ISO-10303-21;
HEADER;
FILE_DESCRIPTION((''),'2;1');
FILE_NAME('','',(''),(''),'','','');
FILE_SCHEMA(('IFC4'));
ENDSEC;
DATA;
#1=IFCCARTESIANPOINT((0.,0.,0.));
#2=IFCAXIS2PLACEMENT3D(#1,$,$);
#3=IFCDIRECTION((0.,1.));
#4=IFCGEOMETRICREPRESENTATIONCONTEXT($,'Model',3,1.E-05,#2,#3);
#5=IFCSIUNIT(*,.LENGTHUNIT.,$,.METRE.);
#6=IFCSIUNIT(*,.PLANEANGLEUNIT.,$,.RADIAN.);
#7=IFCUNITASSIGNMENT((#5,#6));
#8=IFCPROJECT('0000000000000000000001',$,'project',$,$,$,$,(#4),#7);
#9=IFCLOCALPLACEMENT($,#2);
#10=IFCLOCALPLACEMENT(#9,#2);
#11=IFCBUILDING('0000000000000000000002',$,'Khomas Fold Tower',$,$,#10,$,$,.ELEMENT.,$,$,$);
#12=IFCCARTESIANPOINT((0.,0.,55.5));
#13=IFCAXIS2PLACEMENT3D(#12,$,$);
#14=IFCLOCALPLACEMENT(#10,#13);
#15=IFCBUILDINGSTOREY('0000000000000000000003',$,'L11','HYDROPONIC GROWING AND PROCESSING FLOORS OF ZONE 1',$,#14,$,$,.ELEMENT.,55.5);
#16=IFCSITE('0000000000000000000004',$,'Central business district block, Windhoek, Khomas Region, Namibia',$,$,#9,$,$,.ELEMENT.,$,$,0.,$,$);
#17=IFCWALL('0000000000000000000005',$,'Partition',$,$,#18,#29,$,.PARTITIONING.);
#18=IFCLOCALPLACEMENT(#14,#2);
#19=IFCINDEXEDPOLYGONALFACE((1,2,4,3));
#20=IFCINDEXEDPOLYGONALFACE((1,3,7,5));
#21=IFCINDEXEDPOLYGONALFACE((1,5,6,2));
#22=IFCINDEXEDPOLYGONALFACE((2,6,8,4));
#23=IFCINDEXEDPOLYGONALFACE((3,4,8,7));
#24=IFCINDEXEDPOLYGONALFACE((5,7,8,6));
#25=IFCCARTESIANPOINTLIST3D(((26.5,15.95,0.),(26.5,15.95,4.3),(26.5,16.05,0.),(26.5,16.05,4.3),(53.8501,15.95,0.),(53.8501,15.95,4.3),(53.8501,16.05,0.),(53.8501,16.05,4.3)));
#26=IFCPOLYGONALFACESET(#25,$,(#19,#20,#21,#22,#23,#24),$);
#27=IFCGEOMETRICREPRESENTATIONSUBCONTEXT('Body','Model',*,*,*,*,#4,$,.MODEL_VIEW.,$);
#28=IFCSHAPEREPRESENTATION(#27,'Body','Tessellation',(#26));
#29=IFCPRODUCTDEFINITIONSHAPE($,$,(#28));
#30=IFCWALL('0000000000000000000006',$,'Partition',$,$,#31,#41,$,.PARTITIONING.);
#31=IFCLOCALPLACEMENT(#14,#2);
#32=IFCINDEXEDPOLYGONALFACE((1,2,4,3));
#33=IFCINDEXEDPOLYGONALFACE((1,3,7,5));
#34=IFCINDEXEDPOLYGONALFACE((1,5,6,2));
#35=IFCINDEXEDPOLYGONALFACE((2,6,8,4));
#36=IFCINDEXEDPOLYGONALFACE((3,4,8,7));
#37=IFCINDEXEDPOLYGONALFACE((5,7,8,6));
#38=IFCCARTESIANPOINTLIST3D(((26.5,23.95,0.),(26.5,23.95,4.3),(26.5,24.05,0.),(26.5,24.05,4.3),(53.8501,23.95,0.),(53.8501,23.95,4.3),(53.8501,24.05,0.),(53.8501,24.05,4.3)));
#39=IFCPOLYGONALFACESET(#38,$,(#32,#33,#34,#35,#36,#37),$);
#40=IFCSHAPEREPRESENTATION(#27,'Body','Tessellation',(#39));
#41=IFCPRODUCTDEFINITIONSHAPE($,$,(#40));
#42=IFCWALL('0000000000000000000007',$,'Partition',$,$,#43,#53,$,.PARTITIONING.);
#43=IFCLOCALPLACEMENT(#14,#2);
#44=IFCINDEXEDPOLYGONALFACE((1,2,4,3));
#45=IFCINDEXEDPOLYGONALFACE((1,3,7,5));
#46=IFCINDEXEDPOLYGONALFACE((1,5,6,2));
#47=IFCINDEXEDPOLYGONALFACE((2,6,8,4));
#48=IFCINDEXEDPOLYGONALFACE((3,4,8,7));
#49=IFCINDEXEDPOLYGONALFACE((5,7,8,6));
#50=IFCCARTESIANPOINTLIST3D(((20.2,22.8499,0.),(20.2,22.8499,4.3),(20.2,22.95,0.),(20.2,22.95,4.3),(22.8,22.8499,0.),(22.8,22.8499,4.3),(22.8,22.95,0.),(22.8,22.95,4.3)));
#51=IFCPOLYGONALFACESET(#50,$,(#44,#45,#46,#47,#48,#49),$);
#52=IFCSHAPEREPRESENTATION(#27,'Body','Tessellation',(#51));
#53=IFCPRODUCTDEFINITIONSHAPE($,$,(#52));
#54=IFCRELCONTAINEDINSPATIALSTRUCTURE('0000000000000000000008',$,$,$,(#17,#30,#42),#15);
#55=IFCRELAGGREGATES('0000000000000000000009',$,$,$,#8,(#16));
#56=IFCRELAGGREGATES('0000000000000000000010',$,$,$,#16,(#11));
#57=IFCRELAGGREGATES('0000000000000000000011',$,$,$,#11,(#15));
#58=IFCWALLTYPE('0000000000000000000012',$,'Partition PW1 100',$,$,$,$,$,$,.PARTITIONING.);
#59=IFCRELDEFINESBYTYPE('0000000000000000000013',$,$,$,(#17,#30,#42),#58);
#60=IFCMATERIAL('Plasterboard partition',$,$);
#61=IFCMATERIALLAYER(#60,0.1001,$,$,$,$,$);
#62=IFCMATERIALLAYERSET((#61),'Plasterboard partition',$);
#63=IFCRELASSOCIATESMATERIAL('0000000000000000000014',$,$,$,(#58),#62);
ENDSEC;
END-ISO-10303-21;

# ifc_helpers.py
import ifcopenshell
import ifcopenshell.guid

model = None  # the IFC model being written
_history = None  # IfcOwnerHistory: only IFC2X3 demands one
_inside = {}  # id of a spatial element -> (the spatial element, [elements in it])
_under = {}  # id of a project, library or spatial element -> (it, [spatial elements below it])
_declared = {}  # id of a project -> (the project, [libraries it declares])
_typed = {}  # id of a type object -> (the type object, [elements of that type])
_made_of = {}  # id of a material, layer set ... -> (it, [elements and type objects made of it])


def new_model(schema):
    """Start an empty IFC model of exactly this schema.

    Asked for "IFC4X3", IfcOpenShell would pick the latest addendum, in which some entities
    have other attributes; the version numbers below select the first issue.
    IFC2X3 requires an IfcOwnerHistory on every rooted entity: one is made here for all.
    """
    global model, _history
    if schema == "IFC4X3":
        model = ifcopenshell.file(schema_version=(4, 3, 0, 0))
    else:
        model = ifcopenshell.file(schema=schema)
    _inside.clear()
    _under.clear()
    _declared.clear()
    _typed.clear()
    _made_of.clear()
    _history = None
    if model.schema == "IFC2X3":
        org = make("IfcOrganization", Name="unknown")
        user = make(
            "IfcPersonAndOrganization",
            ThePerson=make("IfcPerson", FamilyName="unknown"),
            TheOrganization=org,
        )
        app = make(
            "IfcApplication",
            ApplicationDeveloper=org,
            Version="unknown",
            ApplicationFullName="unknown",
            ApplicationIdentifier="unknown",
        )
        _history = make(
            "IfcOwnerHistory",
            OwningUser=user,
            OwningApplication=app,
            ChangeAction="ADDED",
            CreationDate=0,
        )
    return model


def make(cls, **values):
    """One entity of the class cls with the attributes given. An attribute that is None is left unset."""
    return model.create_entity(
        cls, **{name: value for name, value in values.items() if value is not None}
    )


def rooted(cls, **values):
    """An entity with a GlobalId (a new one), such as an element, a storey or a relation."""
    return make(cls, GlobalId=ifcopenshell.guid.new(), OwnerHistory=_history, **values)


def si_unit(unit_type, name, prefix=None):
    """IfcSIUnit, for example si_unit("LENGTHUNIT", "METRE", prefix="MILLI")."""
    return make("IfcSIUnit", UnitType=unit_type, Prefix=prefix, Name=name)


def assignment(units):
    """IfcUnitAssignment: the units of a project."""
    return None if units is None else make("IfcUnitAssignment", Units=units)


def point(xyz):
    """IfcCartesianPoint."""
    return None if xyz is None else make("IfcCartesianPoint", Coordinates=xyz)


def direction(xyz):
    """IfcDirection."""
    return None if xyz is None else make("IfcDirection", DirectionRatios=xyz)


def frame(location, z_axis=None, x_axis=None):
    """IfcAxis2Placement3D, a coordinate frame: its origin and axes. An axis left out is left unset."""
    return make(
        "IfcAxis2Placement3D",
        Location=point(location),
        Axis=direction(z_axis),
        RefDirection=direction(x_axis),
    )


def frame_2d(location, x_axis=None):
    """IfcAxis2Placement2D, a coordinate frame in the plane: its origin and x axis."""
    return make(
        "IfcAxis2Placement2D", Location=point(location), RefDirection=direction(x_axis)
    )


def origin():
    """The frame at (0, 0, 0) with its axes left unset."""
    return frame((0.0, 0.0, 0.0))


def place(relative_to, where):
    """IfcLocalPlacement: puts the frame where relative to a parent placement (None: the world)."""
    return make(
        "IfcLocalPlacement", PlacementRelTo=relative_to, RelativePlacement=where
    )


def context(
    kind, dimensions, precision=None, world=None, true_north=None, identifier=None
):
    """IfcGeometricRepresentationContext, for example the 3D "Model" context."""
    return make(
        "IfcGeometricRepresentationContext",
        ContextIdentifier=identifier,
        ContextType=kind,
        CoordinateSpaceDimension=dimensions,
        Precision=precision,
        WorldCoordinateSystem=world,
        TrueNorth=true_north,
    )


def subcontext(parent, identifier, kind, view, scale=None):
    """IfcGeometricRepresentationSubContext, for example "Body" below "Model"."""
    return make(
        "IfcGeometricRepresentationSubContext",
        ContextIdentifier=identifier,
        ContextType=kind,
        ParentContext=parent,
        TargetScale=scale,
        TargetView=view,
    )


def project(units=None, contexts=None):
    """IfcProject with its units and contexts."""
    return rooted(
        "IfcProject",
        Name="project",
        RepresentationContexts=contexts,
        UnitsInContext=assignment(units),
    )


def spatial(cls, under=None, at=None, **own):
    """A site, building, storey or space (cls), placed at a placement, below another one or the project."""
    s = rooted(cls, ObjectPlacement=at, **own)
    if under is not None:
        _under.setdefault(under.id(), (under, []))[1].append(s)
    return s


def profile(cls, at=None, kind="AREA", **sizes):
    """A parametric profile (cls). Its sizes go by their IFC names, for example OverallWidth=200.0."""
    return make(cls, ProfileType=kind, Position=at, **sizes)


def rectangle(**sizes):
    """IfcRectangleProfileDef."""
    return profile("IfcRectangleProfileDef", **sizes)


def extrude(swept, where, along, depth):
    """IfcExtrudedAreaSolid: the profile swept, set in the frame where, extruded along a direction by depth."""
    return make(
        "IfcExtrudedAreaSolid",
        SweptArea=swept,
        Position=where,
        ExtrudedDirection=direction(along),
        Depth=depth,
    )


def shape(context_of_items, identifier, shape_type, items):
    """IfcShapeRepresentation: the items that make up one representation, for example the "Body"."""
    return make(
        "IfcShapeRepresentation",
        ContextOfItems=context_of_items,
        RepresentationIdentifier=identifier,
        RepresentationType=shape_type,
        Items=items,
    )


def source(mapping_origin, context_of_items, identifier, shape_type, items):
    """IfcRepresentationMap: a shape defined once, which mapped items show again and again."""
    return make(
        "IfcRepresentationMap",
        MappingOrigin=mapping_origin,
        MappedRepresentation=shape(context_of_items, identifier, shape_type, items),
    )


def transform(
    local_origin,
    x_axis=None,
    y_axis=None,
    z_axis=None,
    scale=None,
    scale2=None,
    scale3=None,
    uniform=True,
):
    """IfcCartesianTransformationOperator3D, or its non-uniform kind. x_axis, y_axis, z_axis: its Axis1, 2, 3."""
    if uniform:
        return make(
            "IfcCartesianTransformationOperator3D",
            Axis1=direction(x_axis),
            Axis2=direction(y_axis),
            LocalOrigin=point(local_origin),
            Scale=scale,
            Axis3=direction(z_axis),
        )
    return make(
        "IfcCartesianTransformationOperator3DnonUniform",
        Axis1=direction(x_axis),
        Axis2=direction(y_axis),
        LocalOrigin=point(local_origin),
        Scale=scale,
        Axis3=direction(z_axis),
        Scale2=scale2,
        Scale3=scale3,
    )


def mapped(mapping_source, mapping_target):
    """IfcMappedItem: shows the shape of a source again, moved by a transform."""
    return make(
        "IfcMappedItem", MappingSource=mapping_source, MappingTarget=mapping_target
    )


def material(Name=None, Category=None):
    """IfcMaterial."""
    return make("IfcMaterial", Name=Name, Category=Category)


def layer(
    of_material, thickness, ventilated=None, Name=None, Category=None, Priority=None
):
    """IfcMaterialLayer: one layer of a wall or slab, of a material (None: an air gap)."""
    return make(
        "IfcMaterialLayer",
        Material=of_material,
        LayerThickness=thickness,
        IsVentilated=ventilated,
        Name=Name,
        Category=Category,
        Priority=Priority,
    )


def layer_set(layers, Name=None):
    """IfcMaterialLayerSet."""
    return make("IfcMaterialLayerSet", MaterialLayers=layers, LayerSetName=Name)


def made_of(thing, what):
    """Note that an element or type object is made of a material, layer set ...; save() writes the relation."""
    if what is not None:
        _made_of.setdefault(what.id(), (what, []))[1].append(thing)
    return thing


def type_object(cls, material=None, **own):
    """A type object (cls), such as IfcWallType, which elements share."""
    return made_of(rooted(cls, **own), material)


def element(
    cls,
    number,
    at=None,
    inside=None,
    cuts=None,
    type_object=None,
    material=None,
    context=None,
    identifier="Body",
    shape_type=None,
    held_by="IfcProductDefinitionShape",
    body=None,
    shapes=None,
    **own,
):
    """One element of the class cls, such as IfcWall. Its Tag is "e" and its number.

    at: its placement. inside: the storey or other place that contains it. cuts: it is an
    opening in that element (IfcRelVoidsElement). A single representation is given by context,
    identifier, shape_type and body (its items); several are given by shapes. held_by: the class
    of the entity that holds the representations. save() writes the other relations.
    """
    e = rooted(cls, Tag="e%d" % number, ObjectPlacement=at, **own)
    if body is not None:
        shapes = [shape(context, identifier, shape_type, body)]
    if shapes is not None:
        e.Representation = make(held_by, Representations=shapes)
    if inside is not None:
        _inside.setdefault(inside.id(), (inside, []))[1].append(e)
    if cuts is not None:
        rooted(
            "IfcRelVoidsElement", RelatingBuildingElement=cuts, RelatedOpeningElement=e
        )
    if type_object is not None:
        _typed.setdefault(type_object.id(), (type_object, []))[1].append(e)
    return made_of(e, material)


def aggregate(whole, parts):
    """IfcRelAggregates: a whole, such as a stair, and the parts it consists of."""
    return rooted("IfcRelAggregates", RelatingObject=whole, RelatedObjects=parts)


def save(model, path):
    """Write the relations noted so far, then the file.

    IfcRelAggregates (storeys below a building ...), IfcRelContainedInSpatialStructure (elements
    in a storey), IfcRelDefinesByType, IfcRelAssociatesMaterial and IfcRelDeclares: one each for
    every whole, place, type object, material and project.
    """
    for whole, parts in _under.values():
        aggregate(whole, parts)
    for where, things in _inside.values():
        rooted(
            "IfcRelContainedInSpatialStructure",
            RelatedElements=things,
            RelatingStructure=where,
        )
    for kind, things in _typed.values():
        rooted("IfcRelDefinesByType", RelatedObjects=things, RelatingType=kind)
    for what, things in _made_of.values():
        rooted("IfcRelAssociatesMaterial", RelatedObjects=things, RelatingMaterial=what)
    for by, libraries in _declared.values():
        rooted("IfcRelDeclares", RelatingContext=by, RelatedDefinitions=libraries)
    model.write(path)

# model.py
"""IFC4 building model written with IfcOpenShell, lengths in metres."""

from ifc_helpers import new_model, si_unit, direction, frame, frame_2d, origin, place, context, subcontext, project, spatial, rectangle, extrude, source, transform, mapped, material, layer, layer_set, type_object, element, save


model = new_model("IFC4")

# Units and contexts
model_context = context("Model", 3, precision=1e-05, world=origin(), true_north=direction((0.0, 1.0)))
body_context = subcontext(model_context, "Body", "Model", "MODEL_VIEW")
ifc_project = project(units=[si_unit("LENGTHUNIT", "METRE"), si_unit("PLANEANGLEUNIT", "RADIAN")], contexts=[model_context])

# Site, building, storey
site_placement = place(None, origin())
site = spatial("IfcSite", under=ifc_project, at=site_placement, Name="Central business district block, Windhoek, Khomas Region, Namibia", CompositionType="ELEMENT", RefElevation=0.0)
building_placement = place(site_placement, origin())
building = spatial("IfcBuilding", under=site, at=building_placement, Name="Khomas Fold Tower", CompositionType="ELEMENT")
storey_placement = place(building_placement, frame((0.0, 0.0, 55.5)))
storey = spatial("IfcBuildingStorey", under=building, at=storey_placement, Name="L11", Description="HYDROPONIC GROWING AND PROCESSING FLOORS OF ZONE 1", CompositionType="ELEMENT", Elevation=55.5)

# Walls
ifc_material_1 = material(Name="Plasterboard partition")
ifc_layer_1 = layer(ifc_material_1, 0.1001)
ifc_layer_set_1 = layer_set([ifc_layer_1], Name="Plasterboard partition")
wall_type_1 = type_object("IfcWallType", Name="Partition PW1 100", PredefinedType="PARTITIONING", material=ifc_layer_set_1)
shared_shape_1 = source(origin(), body_context, "Body", "SweptSolid", [
    extrude(rectangle(XDim=27.3501, YDim=0.1001, at=frame_2d((13.675, 0.0))), origin(), (0.0, 0.0, 1.0), 4.3),
])
for number, where, z_axis, x_axis, name in (
    (1, (26.5, 16.0, 0.0), (0.0, 0.0, 1.0), (1.0, 0.0, 0.0), "Partition"),
    (2, (26.5, 24.0, 0.0), (0.0, 0.0, 1.0), (1.0, 0.0, 0.0), "Partition"),
):
    element("IfcWall", number, at=place(storey_placement, frame(where, z_axis=z_axis, x_axis=x_axis)), inside=storey, type_object=wall_type_1, Name=name, PredefinedType="PARTITIONING", context=body_context, shape_type="MappedRepresentation", body=[
        mapped(shared_shape_1, transform((0.0, 0.0, 0.0))),
    ])
shared_shape_2 = source(origin(), body_context, "Body", "SweptSolid", [
    extrude(rectangle(XDim=2.6001, YDim=0.1001, at=frame_2d((1.3, 0.0))), origin(), (0.0, 0.0, 1.0), 4.3),
])
wall_1_placement = place(storey_placement, frame((20.2, 22.8999, 0.0), z_axis=(0.0, 0.0, 1.0), x_axis=(1.0, 0.0, 0.0)))
element("IfcWall", 3, at=wall_1_placement, inside=storey, type_object=wall_type_1, Name="Partition", PredefinedType="PARTITIONING", context=body_context, shape_type="MappedRepresentation", body=[
    mapped(shared_shape_2, transform((0.0, 0.0, 0.0))),
])

save(model, "model.ifc")
